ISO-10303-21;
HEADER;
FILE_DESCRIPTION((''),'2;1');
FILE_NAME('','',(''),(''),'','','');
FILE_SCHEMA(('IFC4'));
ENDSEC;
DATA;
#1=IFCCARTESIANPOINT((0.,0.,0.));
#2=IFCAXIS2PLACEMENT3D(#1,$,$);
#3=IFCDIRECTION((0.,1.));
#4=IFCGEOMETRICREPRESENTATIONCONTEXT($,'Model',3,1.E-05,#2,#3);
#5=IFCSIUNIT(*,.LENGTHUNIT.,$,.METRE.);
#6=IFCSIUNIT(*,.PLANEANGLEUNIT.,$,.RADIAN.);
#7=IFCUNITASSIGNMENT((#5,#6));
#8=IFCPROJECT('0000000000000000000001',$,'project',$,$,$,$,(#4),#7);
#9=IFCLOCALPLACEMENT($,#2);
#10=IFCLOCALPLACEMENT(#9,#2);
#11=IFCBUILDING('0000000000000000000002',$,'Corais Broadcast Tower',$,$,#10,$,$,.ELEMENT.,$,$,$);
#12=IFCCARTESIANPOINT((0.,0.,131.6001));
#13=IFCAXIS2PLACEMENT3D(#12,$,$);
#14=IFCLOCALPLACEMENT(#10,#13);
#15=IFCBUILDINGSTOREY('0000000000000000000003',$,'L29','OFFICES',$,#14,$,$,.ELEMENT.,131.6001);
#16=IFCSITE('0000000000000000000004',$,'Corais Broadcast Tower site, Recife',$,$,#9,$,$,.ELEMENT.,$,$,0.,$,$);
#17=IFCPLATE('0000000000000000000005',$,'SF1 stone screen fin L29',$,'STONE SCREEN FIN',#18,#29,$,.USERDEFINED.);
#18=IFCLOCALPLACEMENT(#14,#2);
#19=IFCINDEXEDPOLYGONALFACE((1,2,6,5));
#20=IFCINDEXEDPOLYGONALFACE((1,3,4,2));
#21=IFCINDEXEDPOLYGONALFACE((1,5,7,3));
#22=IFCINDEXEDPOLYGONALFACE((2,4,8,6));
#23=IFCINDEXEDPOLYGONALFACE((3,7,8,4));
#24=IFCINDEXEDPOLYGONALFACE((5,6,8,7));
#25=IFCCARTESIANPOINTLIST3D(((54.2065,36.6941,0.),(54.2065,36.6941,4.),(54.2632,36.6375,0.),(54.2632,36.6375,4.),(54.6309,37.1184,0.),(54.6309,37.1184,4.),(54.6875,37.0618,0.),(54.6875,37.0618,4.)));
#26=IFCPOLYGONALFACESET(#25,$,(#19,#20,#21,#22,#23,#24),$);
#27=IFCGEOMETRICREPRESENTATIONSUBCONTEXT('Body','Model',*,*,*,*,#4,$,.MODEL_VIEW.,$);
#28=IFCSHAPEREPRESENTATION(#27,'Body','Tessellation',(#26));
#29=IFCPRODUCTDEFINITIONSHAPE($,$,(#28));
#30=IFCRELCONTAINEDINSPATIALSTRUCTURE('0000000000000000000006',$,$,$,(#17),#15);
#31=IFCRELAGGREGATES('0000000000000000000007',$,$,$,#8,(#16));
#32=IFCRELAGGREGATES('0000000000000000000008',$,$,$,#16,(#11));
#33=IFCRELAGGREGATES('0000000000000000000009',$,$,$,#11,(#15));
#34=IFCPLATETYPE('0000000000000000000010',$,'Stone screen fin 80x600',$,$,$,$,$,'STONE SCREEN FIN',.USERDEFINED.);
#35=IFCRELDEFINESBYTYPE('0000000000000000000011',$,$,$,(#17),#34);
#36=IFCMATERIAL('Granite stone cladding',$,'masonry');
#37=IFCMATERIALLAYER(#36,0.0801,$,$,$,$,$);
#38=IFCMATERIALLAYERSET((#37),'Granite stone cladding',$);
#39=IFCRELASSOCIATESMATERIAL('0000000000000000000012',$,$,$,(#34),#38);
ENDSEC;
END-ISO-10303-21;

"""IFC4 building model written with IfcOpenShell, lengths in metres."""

from ifc_helpers import new_model, si_unit, direction, frame, origin, origin_2d, place, context, subcontext, project, spatial, rectangle, extrude, material, layer, layer_set, type_object, element, save


model = new_model("IFC4")

# Units and contexts
model_context = context("Model", 3, precision=1e-05, world=origin(), true_north=direction((0.0, 1.0)))
body_context = subcontext(model_context, "Body", "Model", "MODEL_VIEW")
ifc_project = project(units=[si_unit("LENGTHUNIT", "METRE"), si_unit("PLANEANGLEUNIT", "RADIAN")], contexts=[model_context])

# Site, building, storey
site_placement = place(None, origin())
site = spatial("IfcSite", under=ifc_project, at=site_placement, Name="Corais Broadcast Tower site, Recife", CompositionType="ELEMENT", RefElevation=0.0)
building_placement = place(site_placement, origin())
building = spatial("IfcBuilding", under=site, at=building_placement, Name="Corais Broadcast Tower", CompositionType="ELEMENT")
storey_placement = place(building_placement, frame((0.0, 0.0, 131.6001)))
storey = spatial("IfcBuildingStorey", under=building, at=storey_placement, Name="L29", Description="OFFICES", CompositionType="ELEMENT", Elevation=131.6001)

# Plate
ifc_material_1 = material(Name="Granite stone cladding", Category="masonry")
ifc_layer_1 = layer(ifc_material_1, 0.0801)
ifc_layer_set_1 = layer_set([ifc_layer_1], Name="Granite stone cladding")
plate_type_1 = type_object("IfcPlateType", Name="Stone screen fin 80x600", ElementType="STONE SCREEN FIN", PredefinedType="USERDEFINED", material=ifc_layer_set_1)
plate_1_placement = place(storey_placement, frame((54.447, 36.8779, 0.0), z_axis=(0.0, 0.0, 1.0), x_axis=(0.707107, -0.707107, 0.0)))
element("IfcPlate", 1, at=plate_1_placement, inside=storey, type_object=plate_type_1, Name="SF1 stone screen fin L29", ObjectType="STONE SCREEN FIN", PredefinedType="USERDEFINED", context=body_context, shape_type="SweptSolid", body=[
    extrude(rectangle(XDim=0.0801, YDim=0.6001, at=origin_2d()), origin(), (0.0, 0.0, 1.0), 4.0),
])

save(model, "model.ifc")
